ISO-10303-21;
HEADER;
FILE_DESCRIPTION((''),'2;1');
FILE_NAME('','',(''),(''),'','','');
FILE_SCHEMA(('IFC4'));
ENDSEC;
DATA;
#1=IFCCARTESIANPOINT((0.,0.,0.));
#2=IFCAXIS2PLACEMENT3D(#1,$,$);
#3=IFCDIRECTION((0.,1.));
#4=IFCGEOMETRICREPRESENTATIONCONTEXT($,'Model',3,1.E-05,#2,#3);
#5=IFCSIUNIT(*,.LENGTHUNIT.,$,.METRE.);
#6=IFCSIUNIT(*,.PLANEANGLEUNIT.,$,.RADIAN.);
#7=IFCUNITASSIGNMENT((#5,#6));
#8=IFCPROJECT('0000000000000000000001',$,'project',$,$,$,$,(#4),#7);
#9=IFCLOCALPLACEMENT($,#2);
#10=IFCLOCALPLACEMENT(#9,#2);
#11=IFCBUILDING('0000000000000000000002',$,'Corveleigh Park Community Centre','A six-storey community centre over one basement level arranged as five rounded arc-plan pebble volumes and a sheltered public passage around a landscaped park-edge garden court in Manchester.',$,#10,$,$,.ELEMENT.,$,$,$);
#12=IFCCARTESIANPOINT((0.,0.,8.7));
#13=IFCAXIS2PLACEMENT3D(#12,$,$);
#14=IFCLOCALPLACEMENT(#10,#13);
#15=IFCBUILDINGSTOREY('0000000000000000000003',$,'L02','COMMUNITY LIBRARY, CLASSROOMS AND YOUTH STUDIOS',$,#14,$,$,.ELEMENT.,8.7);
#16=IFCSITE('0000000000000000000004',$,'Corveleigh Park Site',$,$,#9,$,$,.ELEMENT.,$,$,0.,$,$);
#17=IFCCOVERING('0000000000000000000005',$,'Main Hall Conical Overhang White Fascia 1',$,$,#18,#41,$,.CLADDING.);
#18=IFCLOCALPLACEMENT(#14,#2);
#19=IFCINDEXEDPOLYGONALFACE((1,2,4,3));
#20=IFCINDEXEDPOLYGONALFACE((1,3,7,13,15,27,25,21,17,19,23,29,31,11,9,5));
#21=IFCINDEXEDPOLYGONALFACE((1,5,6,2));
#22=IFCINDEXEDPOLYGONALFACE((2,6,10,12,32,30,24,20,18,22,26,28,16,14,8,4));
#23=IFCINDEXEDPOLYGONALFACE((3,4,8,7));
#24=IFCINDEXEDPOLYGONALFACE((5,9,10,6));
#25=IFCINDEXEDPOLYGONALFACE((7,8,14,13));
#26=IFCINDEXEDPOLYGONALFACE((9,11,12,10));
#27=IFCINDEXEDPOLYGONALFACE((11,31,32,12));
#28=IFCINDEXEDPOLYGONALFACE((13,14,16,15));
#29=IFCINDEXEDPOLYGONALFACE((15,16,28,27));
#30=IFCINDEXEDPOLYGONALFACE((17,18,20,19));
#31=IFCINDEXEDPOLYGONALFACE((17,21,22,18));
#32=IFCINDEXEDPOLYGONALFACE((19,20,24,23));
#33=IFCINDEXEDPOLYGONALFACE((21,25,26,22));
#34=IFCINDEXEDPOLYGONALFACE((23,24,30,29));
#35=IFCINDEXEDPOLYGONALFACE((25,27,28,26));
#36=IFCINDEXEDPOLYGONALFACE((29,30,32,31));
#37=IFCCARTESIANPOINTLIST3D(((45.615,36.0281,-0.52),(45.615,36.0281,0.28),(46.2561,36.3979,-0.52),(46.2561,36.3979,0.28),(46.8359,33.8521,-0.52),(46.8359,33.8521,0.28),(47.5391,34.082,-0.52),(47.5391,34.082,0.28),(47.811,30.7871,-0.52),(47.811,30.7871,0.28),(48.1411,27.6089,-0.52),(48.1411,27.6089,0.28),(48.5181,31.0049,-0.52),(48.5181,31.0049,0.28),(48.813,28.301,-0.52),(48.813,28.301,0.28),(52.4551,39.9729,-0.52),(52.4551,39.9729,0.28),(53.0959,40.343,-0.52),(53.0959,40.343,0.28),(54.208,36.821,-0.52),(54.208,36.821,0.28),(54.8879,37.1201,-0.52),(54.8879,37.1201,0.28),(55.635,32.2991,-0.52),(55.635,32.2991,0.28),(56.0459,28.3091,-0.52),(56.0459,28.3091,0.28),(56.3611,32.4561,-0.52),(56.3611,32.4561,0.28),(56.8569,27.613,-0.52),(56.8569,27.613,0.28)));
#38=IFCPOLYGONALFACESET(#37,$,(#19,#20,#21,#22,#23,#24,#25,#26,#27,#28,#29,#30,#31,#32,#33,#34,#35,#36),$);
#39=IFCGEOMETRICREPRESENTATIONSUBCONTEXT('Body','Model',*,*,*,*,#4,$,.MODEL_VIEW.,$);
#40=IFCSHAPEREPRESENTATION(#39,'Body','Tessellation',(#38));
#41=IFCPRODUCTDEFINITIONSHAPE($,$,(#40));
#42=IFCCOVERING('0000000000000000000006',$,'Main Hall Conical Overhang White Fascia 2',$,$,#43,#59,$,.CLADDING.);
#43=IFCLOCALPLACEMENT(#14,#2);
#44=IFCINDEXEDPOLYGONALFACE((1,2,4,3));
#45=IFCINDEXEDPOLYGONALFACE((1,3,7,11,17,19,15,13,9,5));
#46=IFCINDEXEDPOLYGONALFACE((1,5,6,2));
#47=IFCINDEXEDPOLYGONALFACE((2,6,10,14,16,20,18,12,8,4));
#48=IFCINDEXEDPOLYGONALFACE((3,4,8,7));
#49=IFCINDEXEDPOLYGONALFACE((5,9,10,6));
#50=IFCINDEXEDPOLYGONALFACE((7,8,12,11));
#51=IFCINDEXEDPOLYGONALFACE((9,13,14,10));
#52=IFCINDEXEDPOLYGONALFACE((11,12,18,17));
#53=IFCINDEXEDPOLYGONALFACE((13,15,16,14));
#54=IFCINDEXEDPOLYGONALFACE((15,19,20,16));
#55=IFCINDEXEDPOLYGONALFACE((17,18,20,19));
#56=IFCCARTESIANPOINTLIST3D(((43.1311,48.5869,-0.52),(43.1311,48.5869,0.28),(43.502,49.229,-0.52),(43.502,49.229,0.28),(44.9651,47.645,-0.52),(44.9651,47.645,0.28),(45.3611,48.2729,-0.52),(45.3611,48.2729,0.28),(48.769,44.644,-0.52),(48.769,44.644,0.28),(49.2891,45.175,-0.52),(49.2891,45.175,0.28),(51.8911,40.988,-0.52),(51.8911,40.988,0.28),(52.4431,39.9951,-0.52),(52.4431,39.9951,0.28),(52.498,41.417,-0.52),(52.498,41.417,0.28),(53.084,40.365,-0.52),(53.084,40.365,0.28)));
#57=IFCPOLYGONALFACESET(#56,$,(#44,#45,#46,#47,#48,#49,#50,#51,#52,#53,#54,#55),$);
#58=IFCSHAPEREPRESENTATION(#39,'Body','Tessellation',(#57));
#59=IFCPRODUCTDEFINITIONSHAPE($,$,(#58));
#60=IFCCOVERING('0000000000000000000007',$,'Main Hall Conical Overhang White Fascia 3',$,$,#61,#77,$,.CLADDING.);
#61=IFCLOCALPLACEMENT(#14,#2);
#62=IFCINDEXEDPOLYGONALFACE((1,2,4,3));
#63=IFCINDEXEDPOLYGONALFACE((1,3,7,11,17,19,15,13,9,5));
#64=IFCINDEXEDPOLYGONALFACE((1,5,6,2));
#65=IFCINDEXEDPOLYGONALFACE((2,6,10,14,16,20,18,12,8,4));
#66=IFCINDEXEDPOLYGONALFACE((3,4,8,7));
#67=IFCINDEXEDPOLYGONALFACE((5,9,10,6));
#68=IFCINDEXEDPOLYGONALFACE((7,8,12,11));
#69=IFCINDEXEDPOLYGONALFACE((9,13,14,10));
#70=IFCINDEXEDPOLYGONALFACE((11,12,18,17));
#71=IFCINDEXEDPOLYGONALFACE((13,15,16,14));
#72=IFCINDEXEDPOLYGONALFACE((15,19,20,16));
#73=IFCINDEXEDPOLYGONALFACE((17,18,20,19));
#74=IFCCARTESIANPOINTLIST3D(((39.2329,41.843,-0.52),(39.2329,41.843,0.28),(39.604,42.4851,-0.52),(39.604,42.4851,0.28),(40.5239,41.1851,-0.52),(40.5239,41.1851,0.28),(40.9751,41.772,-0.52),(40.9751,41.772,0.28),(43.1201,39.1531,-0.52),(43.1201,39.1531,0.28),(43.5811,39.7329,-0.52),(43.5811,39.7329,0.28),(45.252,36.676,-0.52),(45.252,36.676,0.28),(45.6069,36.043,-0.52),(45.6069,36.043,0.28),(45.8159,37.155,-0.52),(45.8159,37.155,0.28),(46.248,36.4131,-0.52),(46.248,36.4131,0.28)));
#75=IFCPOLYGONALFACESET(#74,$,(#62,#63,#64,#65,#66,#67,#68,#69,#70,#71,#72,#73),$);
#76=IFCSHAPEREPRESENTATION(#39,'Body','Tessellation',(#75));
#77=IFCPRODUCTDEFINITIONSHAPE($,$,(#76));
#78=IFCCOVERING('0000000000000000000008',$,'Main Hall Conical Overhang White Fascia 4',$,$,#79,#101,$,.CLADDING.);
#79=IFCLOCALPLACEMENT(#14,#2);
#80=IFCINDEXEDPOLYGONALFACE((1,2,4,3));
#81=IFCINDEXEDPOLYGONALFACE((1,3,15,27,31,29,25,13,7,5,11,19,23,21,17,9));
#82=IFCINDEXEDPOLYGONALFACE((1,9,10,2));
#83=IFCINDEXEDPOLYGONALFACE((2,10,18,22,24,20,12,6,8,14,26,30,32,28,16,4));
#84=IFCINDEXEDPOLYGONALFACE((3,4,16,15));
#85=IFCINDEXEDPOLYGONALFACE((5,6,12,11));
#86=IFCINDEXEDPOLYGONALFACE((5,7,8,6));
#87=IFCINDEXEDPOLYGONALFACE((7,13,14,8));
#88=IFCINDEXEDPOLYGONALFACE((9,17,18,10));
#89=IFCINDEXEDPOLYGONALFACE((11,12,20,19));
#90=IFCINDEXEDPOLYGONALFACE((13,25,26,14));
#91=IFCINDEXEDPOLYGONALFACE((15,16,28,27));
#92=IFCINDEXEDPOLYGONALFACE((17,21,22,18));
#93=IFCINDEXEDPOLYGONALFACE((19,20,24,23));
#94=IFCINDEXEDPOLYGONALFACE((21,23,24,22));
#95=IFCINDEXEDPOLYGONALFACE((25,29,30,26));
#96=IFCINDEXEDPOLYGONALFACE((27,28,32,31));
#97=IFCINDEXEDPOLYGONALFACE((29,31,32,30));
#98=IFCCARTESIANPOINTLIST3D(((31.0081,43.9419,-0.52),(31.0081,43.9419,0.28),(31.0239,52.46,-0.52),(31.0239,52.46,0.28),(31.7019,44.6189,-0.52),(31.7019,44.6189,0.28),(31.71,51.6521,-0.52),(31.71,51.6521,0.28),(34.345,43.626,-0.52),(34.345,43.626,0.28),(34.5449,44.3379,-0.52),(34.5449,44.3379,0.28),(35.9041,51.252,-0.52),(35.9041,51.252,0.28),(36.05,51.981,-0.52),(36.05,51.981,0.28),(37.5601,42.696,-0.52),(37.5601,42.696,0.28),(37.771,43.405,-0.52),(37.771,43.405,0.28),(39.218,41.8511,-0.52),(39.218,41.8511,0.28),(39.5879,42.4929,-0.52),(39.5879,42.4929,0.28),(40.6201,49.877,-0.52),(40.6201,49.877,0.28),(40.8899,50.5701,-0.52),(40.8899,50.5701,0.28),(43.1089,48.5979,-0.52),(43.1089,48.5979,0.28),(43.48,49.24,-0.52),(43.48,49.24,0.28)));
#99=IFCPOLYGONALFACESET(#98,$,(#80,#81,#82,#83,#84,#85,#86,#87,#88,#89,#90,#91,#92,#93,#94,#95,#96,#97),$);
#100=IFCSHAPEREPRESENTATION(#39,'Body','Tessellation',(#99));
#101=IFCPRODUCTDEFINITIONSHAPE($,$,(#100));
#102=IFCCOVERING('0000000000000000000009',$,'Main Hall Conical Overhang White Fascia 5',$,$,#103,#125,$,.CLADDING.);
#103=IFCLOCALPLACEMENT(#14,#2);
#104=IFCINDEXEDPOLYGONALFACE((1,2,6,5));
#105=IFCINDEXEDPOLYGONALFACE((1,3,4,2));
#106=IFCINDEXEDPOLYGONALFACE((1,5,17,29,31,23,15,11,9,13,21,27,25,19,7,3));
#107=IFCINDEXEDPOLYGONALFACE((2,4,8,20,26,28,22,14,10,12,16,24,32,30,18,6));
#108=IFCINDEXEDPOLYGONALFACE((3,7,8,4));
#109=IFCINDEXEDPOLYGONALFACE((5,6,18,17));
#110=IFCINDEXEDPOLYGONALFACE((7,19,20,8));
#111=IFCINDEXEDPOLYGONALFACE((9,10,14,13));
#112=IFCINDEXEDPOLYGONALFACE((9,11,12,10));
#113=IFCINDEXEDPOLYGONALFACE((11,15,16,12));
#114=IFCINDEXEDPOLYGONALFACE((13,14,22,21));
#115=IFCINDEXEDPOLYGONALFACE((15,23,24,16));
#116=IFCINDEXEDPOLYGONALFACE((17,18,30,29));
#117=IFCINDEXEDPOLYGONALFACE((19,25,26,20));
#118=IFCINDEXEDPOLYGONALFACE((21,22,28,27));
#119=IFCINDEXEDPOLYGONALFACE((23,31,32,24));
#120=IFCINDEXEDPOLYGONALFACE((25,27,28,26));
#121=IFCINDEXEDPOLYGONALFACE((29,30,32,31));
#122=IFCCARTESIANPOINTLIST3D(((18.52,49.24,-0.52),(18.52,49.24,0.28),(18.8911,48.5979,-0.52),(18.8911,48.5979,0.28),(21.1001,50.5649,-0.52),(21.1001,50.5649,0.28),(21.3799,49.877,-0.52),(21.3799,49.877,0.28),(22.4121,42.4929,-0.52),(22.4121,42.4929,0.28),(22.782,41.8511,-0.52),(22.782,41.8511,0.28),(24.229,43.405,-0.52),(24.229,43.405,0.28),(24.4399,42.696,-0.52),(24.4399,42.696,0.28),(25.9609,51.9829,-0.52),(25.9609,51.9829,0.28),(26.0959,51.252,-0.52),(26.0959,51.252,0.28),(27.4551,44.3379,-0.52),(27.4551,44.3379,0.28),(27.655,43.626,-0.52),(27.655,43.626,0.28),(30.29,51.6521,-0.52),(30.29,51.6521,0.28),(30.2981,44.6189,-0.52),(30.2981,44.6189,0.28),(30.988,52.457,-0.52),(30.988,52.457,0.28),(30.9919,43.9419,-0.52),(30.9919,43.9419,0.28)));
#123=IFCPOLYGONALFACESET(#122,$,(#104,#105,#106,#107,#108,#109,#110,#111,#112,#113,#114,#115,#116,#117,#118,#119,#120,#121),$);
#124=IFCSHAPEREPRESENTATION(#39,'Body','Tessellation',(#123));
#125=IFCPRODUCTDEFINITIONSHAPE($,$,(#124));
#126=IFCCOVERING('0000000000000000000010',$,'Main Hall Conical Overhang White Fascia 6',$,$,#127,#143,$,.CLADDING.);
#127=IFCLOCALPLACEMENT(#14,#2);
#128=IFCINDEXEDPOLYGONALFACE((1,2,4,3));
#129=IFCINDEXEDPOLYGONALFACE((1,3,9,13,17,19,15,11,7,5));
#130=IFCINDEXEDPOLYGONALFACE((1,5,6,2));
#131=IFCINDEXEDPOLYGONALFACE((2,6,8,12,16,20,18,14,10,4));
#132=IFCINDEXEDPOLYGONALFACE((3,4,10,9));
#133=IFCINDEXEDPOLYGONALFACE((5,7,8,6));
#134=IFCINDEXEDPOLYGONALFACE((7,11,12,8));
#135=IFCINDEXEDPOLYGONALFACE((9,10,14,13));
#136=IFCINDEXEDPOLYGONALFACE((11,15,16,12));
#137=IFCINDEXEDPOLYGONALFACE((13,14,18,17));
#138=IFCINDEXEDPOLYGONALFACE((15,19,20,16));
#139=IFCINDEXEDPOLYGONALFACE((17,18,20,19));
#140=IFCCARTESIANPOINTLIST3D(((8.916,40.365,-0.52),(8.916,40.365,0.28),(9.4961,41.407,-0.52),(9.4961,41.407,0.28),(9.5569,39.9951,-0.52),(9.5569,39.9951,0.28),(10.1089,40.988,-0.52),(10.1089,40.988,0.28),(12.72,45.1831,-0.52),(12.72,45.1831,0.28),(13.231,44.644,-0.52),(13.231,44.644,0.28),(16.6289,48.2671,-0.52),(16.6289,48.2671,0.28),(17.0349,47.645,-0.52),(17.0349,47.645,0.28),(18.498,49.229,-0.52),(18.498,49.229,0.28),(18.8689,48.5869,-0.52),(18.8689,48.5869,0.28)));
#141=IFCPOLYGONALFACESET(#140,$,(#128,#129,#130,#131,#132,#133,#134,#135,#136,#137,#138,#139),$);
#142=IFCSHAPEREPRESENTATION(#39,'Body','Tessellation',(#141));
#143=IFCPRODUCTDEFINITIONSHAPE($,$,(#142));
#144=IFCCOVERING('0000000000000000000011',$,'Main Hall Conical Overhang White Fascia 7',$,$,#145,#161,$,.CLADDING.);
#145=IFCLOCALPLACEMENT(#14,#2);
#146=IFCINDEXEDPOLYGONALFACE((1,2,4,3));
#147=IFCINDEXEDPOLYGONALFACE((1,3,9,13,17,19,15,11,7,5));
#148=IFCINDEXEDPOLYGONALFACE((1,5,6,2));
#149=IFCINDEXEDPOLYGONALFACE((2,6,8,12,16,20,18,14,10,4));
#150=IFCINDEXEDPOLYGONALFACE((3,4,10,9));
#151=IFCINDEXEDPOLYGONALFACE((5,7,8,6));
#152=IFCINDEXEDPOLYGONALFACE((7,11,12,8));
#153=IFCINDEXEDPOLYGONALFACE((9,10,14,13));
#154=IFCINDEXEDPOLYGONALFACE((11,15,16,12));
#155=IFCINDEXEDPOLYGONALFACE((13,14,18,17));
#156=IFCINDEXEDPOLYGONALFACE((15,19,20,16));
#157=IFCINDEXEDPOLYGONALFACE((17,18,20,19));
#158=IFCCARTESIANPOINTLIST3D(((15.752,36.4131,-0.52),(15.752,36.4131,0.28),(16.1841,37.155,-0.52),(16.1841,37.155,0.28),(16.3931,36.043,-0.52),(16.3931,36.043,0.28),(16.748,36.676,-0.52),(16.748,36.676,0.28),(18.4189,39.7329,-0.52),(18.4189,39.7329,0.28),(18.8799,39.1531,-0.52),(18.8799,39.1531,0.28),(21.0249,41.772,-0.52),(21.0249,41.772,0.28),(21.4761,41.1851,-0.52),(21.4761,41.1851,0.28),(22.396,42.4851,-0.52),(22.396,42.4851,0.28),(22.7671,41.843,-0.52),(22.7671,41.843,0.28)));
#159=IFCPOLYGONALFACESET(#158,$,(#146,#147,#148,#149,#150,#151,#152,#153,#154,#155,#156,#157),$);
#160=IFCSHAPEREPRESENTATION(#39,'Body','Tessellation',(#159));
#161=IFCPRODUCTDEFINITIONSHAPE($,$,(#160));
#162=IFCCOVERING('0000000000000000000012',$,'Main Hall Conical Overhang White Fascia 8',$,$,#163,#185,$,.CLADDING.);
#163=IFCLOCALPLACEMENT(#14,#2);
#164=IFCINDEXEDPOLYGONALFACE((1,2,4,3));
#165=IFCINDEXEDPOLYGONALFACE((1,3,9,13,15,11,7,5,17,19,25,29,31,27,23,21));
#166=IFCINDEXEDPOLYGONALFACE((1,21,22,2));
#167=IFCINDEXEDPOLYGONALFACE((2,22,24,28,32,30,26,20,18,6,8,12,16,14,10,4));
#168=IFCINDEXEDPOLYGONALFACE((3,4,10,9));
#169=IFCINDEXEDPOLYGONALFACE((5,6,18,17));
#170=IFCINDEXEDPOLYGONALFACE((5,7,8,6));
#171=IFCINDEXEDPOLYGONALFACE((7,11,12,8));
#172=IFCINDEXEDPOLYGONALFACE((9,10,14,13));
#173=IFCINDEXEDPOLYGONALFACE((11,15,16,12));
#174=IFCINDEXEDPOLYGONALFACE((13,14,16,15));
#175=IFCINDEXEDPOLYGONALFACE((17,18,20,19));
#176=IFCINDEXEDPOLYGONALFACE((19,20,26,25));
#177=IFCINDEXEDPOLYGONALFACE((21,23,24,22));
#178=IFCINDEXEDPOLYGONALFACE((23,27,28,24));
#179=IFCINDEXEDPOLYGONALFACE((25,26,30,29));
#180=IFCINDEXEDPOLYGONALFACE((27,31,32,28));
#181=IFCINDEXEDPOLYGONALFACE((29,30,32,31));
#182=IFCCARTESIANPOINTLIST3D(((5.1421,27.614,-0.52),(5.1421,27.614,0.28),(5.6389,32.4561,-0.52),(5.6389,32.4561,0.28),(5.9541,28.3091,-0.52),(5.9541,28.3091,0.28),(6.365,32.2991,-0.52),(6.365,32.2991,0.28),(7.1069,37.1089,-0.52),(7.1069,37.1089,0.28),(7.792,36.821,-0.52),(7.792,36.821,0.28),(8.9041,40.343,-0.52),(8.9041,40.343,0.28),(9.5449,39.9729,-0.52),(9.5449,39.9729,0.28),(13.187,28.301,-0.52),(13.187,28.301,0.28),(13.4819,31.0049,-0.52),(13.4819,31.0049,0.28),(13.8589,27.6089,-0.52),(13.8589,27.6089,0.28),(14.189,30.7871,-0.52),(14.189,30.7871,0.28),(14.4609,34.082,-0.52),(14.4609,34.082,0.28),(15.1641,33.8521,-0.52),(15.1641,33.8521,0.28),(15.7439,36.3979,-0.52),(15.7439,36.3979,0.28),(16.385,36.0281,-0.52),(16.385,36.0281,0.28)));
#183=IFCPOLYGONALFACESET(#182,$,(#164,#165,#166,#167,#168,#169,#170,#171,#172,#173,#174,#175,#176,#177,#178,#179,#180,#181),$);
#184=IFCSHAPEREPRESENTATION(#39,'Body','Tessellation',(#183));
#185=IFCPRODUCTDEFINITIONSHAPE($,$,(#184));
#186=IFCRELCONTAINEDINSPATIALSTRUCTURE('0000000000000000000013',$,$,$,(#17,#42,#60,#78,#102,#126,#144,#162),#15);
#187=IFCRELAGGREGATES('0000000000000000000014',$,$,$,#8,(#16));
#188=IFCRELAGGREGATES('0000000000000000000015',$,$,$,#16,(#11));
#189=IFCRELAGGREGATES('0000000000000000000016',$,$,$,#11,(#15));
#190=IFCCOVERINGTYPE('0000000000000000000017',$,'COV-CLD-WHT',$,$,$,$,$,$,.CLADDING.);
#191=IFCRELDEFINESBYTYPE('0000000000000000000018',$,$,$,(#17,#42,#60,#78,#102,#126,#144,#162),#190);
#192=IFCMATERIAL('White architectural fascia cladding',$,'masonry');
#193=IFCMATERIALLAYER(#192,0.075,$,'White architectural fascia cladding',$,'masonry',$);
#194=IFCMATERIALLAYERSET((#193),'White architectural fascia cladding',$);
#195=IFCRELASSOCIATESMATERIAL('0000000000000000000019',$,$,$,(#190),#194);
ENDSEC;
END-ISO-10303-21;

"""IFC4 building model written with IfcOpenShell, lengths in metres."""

from ifc_helpers import new_model, si_unit, direction, frame, origin, place, context, subcontext, project, spatial, polyline, outline, extrude, material, layer, layer_set, type_object, element, save


model = new_model("IFC4")

# Units and contexts
model_context = context("Model", 3, precision=1e-05, world=origin(), true_north=direction((0.0, 1.0)))
body_context = subcontext(model_context, "Body", "Model", "MODEL_VIEW")
ifc_project = project(units=[si_unit("LENGTHUNIT", "METRE"), si_unit("PLANEANGLEUNIT", "RADIAN")], contexts=[model_context])

# Site, building, storey
site_placement = place(None, origin())
site = spatial("IfcSite", under=ifc_project, at=site_placement, Name="Corveleigh Park Site", CompositionType="ELEMENT", RefElevation=0.0)
building_placement = place(site_placement, origin())
building = spatial("IfcBuilding", under=site, at=building_placement, Name="Corveleigh Park Community Centre", Description="A six-storey community centre over one basement level arranged as five rounded arc-plan pebble volumes and a sheltered public passage around a landscaped park-edge garden court in Manchester.", CompositionType="ELEMENT")
storey_placement = place(building_placement, frame((0.0, 0.0, 8.7)))
storey = spatial("IfcBuildingStorey", under=building, at=storey_placement, Name="L02", Description="COMMUNITY LIBRARY, CLASSROOMS AND YOUTH STUDIOS", CompositionType="ELEMENT", Elevation=8.7)

# Coverings
ifc_material = material(Name="White architectural fascia cladding", Category="masonry")
ifc_layer = layer(ifc_material, 0.075, Name="White architectural fascia cladding", Category="masonry")
ifc_layer_set = layer_set([ifc_layer], Name="White architectural fascia cladding")
covering_type = type_object("IfcCoveringType", Name="COV-CLD-WHT", PredefinedType="CLADDING", material=ifc_layer_set)
covering_1_placement = place(storey_placement, frame((0.0, 0.0, -0.52)))
element("IfcCovering", 1, at=covering_1_placement, inside=storey, type_object=covering_type, Name="Main Hall Conical Overhang White Fascia 1", PredefinedType="CLADDING", context=body_context, shape_type="SweptSolid", body=[
    extrude(outline(polyline([(54.8879, 37.1201), (56.3611, 32.4561), (56.8569, 27.613), (48.1411, 27.6089), (47.811, 30.7871), (46.8359, 33.8521), (45.615, 36.0281), (46.2561, 36.3979), (47.5391, 34.082), (48.5181, 31.0049), (48.813, 28.301), (56.0459, 28.3091), (55.635, 32.2991), (54.208, 36.821), (52.4551, 39.9729), (53.0959, 40.343), (54.8879, 37.1201)])), origin(), (0.0, 0.0, 1.0), 0.8),
])
covering_2_placement = place(storey_placement, frame((0.0, 0.0, -0.52)))
element("IfcCovering", 2, at=covering_2_placement, inside=storey, type_object=covering_type, Name="Main Hall Conical Overhang White Fascia 2", PredefinedType="CLADDING", context=body_context, shape_type="SweptSolid", body=[
    extrude(outline(polyline([(45.3611, 48.2729), (49.2891, 45.175), (52.498, 41.417), (53.084, 40.365), (52.4431, 39.9951), (51.8911, 40.988), (48.769, 44.644), (44.9651, 47.645), (43.1311, 48.5869), (43.502, 49.229), (45.3611, 48.2729)])), origin(), (0.0, 0.0, 1.0), 0.8),
])
covering_3_placement = place(storey_placement, frame((0.0, 0.0, -0.52)))
element("IfcCovering", 3, at=covering_3_placement, inside=storey, type_object=covering_type, Name="Main Hall Conical Overhang White Fascia 3", PredefinedType="CLADDING", context=body_context, shape_type="SweptSolid", body=[
    extrude(outline(polyline([(45.252, 36.676), (43.1201, 39.1531), (40.5239, 41.1851), (39.2329, 41.843), (39.604, 42.4851), (40.9751, 41.772), (43.5811, 39.7329), (45.8159, 37.155), (46.248, 36.4131), (45.6069, 36.043), (45.252, 36.676)])), origin(), (0.0, 0.0, 1.0), 0.8),
])
covering_4_placement = place(storey_placement, frame((0.0, 0.0, -0.52)))
element("IfcCovering", 4, at=covering_4_placement, inside=storey, type_object=covering_type, Name="Main Hall Conical Overhang White Fascia 4", PredefinedType="CLADDING", context=body_context, shape_type="SweptSolid", body=[
    extrude(outline(polyline([(31.0239, 52.46), (36.05, 51.981), (40.8899, 50.5701), (43.48, 49.24), (43.1089, 48.5979), (40.6201, 49.877), (35.9041, 51.252), (31.71, 51.6521), (31.7019, 44.6189), (34.5449, 44.3379), (37.771, 43.405), (39.5879, 42.4929), (39.218, 41.8511), (37.5601, 42.696), (34.345, 43.626), (31.0081, 43.9419), (31.0239, 52.46)])), origin(), (0.0, 0.0, 1.0), 0.8),
])
covering_5_placement = place(storey_placement, frame((0.0, 0.0, -0.52)))
element("IfcCovering", 5, at=covering_5_placement, inside=storey, type_object=covering_type, Name="Main Hall Conical Overhang White Fascia 5", PredefinedType="CLADDING", context=body_context, shape_type="SweptSolid", body=[
    extrude(outline(polyline([(21.1001, 50.5649), (25.9609, 51.9829), (30.988, 52.457), (30.9919, 43.9419), (27.655, 43.626), (24.4399, 42.696), (22.782, 41.8511), (22.4121, 42.4929), (24.229, 43.405), (27.4551, 44.3379), (30.2981, 44.6189), (30.29, 51.6521), (26.0959, 51.252), (21.3799, 49.877), (18.8911, 48.5979), (18.52, 49.24), (21.1001, 50.5649)])), origin(), (0.0, 0.0, 1.0), 0.8),
])
covering_6_placement = place(storey_placement, frame((0.0, 0.0, -0.52)))
element("IfcCovering", 6, at=covering_6_placement, inside=storey, type_object=covering_type, Name="Main Hall Conical Overhang White Fascia 6", PredefinedType="CLADDING", context=body_context, shape_type="SweptSolid", body=[
    extrude(outline(polyline([(9.4961, 41.407), (12.72, 45.1831), (16.6289, 48.2671), (18.498, 49.229), (18.8689, 48.5869), (17.0349, 47.645), (13.231, 44.644), (10.1089, 40.988), (9.5569, 39.9951), (8.916, 40.365), (9.4961, 41.407)])), origin(), (0.0, 0.0, 1.0), 0.8),
])
covering_7_placement = place(storey_placement, frame((0.0, 0.0, -0.52)))
element("IfcCovering", 7, at=covering_7_placement, inside=storey, type_object=covering_type, Name="Main Hall Conical Overhang White Fascia 7", PredefinedType="CLADDING", context=body_context, shape_type="SweptSolid", body=[
    extrude(outline(polyline([(21.4761, 41.1851), (18.8799, 39.1531), (16.748, 36.676), (16.3931, 36.043), (15.752, 36.4131), (16.1841, 37.155), (18.4189, 39.7329), (21.0249, 41.772), (22.396, 42.4851), (22.7671, 41.843), (21.4761, 41.1851)])), origin(), (0.0, 0.0, 1.0), 0.8),
])
covering_8_placement = place(storey_placement, frame((0.0, 0.0, -0.52)))
element("IfcCovering", 8, at=covering_8_placement, inside=storey, type_object=covering_type, Name="Main Hall Conical Overhang White Fascia 8", PredefinedType="CLADDING", context=body_context, shape_type="SweptSolid", body=[
    extrude(outline(polyline([(5.1421, 27.614), (5.6389, 32.4561), (7.1069, 37.1089), (8.9041, 40.343), (9.5449, 39.9729), (7.792, 36.821), (6.365, 32.2991), (5.9541, 28.3091), (13.187, 28.301), (13.4819, 31.0049), (14.4609, 34.082), (15.7439, 36.3979), (16.385, 36.0281), (15.1641, 33.8521), (14.189, 30.7871), (13.8589, 27.6089), (5.1421, 27.614)])), origin(), (0.0, 0.0, 1.0), 0.8),
])

save(model, "model.ifc")
